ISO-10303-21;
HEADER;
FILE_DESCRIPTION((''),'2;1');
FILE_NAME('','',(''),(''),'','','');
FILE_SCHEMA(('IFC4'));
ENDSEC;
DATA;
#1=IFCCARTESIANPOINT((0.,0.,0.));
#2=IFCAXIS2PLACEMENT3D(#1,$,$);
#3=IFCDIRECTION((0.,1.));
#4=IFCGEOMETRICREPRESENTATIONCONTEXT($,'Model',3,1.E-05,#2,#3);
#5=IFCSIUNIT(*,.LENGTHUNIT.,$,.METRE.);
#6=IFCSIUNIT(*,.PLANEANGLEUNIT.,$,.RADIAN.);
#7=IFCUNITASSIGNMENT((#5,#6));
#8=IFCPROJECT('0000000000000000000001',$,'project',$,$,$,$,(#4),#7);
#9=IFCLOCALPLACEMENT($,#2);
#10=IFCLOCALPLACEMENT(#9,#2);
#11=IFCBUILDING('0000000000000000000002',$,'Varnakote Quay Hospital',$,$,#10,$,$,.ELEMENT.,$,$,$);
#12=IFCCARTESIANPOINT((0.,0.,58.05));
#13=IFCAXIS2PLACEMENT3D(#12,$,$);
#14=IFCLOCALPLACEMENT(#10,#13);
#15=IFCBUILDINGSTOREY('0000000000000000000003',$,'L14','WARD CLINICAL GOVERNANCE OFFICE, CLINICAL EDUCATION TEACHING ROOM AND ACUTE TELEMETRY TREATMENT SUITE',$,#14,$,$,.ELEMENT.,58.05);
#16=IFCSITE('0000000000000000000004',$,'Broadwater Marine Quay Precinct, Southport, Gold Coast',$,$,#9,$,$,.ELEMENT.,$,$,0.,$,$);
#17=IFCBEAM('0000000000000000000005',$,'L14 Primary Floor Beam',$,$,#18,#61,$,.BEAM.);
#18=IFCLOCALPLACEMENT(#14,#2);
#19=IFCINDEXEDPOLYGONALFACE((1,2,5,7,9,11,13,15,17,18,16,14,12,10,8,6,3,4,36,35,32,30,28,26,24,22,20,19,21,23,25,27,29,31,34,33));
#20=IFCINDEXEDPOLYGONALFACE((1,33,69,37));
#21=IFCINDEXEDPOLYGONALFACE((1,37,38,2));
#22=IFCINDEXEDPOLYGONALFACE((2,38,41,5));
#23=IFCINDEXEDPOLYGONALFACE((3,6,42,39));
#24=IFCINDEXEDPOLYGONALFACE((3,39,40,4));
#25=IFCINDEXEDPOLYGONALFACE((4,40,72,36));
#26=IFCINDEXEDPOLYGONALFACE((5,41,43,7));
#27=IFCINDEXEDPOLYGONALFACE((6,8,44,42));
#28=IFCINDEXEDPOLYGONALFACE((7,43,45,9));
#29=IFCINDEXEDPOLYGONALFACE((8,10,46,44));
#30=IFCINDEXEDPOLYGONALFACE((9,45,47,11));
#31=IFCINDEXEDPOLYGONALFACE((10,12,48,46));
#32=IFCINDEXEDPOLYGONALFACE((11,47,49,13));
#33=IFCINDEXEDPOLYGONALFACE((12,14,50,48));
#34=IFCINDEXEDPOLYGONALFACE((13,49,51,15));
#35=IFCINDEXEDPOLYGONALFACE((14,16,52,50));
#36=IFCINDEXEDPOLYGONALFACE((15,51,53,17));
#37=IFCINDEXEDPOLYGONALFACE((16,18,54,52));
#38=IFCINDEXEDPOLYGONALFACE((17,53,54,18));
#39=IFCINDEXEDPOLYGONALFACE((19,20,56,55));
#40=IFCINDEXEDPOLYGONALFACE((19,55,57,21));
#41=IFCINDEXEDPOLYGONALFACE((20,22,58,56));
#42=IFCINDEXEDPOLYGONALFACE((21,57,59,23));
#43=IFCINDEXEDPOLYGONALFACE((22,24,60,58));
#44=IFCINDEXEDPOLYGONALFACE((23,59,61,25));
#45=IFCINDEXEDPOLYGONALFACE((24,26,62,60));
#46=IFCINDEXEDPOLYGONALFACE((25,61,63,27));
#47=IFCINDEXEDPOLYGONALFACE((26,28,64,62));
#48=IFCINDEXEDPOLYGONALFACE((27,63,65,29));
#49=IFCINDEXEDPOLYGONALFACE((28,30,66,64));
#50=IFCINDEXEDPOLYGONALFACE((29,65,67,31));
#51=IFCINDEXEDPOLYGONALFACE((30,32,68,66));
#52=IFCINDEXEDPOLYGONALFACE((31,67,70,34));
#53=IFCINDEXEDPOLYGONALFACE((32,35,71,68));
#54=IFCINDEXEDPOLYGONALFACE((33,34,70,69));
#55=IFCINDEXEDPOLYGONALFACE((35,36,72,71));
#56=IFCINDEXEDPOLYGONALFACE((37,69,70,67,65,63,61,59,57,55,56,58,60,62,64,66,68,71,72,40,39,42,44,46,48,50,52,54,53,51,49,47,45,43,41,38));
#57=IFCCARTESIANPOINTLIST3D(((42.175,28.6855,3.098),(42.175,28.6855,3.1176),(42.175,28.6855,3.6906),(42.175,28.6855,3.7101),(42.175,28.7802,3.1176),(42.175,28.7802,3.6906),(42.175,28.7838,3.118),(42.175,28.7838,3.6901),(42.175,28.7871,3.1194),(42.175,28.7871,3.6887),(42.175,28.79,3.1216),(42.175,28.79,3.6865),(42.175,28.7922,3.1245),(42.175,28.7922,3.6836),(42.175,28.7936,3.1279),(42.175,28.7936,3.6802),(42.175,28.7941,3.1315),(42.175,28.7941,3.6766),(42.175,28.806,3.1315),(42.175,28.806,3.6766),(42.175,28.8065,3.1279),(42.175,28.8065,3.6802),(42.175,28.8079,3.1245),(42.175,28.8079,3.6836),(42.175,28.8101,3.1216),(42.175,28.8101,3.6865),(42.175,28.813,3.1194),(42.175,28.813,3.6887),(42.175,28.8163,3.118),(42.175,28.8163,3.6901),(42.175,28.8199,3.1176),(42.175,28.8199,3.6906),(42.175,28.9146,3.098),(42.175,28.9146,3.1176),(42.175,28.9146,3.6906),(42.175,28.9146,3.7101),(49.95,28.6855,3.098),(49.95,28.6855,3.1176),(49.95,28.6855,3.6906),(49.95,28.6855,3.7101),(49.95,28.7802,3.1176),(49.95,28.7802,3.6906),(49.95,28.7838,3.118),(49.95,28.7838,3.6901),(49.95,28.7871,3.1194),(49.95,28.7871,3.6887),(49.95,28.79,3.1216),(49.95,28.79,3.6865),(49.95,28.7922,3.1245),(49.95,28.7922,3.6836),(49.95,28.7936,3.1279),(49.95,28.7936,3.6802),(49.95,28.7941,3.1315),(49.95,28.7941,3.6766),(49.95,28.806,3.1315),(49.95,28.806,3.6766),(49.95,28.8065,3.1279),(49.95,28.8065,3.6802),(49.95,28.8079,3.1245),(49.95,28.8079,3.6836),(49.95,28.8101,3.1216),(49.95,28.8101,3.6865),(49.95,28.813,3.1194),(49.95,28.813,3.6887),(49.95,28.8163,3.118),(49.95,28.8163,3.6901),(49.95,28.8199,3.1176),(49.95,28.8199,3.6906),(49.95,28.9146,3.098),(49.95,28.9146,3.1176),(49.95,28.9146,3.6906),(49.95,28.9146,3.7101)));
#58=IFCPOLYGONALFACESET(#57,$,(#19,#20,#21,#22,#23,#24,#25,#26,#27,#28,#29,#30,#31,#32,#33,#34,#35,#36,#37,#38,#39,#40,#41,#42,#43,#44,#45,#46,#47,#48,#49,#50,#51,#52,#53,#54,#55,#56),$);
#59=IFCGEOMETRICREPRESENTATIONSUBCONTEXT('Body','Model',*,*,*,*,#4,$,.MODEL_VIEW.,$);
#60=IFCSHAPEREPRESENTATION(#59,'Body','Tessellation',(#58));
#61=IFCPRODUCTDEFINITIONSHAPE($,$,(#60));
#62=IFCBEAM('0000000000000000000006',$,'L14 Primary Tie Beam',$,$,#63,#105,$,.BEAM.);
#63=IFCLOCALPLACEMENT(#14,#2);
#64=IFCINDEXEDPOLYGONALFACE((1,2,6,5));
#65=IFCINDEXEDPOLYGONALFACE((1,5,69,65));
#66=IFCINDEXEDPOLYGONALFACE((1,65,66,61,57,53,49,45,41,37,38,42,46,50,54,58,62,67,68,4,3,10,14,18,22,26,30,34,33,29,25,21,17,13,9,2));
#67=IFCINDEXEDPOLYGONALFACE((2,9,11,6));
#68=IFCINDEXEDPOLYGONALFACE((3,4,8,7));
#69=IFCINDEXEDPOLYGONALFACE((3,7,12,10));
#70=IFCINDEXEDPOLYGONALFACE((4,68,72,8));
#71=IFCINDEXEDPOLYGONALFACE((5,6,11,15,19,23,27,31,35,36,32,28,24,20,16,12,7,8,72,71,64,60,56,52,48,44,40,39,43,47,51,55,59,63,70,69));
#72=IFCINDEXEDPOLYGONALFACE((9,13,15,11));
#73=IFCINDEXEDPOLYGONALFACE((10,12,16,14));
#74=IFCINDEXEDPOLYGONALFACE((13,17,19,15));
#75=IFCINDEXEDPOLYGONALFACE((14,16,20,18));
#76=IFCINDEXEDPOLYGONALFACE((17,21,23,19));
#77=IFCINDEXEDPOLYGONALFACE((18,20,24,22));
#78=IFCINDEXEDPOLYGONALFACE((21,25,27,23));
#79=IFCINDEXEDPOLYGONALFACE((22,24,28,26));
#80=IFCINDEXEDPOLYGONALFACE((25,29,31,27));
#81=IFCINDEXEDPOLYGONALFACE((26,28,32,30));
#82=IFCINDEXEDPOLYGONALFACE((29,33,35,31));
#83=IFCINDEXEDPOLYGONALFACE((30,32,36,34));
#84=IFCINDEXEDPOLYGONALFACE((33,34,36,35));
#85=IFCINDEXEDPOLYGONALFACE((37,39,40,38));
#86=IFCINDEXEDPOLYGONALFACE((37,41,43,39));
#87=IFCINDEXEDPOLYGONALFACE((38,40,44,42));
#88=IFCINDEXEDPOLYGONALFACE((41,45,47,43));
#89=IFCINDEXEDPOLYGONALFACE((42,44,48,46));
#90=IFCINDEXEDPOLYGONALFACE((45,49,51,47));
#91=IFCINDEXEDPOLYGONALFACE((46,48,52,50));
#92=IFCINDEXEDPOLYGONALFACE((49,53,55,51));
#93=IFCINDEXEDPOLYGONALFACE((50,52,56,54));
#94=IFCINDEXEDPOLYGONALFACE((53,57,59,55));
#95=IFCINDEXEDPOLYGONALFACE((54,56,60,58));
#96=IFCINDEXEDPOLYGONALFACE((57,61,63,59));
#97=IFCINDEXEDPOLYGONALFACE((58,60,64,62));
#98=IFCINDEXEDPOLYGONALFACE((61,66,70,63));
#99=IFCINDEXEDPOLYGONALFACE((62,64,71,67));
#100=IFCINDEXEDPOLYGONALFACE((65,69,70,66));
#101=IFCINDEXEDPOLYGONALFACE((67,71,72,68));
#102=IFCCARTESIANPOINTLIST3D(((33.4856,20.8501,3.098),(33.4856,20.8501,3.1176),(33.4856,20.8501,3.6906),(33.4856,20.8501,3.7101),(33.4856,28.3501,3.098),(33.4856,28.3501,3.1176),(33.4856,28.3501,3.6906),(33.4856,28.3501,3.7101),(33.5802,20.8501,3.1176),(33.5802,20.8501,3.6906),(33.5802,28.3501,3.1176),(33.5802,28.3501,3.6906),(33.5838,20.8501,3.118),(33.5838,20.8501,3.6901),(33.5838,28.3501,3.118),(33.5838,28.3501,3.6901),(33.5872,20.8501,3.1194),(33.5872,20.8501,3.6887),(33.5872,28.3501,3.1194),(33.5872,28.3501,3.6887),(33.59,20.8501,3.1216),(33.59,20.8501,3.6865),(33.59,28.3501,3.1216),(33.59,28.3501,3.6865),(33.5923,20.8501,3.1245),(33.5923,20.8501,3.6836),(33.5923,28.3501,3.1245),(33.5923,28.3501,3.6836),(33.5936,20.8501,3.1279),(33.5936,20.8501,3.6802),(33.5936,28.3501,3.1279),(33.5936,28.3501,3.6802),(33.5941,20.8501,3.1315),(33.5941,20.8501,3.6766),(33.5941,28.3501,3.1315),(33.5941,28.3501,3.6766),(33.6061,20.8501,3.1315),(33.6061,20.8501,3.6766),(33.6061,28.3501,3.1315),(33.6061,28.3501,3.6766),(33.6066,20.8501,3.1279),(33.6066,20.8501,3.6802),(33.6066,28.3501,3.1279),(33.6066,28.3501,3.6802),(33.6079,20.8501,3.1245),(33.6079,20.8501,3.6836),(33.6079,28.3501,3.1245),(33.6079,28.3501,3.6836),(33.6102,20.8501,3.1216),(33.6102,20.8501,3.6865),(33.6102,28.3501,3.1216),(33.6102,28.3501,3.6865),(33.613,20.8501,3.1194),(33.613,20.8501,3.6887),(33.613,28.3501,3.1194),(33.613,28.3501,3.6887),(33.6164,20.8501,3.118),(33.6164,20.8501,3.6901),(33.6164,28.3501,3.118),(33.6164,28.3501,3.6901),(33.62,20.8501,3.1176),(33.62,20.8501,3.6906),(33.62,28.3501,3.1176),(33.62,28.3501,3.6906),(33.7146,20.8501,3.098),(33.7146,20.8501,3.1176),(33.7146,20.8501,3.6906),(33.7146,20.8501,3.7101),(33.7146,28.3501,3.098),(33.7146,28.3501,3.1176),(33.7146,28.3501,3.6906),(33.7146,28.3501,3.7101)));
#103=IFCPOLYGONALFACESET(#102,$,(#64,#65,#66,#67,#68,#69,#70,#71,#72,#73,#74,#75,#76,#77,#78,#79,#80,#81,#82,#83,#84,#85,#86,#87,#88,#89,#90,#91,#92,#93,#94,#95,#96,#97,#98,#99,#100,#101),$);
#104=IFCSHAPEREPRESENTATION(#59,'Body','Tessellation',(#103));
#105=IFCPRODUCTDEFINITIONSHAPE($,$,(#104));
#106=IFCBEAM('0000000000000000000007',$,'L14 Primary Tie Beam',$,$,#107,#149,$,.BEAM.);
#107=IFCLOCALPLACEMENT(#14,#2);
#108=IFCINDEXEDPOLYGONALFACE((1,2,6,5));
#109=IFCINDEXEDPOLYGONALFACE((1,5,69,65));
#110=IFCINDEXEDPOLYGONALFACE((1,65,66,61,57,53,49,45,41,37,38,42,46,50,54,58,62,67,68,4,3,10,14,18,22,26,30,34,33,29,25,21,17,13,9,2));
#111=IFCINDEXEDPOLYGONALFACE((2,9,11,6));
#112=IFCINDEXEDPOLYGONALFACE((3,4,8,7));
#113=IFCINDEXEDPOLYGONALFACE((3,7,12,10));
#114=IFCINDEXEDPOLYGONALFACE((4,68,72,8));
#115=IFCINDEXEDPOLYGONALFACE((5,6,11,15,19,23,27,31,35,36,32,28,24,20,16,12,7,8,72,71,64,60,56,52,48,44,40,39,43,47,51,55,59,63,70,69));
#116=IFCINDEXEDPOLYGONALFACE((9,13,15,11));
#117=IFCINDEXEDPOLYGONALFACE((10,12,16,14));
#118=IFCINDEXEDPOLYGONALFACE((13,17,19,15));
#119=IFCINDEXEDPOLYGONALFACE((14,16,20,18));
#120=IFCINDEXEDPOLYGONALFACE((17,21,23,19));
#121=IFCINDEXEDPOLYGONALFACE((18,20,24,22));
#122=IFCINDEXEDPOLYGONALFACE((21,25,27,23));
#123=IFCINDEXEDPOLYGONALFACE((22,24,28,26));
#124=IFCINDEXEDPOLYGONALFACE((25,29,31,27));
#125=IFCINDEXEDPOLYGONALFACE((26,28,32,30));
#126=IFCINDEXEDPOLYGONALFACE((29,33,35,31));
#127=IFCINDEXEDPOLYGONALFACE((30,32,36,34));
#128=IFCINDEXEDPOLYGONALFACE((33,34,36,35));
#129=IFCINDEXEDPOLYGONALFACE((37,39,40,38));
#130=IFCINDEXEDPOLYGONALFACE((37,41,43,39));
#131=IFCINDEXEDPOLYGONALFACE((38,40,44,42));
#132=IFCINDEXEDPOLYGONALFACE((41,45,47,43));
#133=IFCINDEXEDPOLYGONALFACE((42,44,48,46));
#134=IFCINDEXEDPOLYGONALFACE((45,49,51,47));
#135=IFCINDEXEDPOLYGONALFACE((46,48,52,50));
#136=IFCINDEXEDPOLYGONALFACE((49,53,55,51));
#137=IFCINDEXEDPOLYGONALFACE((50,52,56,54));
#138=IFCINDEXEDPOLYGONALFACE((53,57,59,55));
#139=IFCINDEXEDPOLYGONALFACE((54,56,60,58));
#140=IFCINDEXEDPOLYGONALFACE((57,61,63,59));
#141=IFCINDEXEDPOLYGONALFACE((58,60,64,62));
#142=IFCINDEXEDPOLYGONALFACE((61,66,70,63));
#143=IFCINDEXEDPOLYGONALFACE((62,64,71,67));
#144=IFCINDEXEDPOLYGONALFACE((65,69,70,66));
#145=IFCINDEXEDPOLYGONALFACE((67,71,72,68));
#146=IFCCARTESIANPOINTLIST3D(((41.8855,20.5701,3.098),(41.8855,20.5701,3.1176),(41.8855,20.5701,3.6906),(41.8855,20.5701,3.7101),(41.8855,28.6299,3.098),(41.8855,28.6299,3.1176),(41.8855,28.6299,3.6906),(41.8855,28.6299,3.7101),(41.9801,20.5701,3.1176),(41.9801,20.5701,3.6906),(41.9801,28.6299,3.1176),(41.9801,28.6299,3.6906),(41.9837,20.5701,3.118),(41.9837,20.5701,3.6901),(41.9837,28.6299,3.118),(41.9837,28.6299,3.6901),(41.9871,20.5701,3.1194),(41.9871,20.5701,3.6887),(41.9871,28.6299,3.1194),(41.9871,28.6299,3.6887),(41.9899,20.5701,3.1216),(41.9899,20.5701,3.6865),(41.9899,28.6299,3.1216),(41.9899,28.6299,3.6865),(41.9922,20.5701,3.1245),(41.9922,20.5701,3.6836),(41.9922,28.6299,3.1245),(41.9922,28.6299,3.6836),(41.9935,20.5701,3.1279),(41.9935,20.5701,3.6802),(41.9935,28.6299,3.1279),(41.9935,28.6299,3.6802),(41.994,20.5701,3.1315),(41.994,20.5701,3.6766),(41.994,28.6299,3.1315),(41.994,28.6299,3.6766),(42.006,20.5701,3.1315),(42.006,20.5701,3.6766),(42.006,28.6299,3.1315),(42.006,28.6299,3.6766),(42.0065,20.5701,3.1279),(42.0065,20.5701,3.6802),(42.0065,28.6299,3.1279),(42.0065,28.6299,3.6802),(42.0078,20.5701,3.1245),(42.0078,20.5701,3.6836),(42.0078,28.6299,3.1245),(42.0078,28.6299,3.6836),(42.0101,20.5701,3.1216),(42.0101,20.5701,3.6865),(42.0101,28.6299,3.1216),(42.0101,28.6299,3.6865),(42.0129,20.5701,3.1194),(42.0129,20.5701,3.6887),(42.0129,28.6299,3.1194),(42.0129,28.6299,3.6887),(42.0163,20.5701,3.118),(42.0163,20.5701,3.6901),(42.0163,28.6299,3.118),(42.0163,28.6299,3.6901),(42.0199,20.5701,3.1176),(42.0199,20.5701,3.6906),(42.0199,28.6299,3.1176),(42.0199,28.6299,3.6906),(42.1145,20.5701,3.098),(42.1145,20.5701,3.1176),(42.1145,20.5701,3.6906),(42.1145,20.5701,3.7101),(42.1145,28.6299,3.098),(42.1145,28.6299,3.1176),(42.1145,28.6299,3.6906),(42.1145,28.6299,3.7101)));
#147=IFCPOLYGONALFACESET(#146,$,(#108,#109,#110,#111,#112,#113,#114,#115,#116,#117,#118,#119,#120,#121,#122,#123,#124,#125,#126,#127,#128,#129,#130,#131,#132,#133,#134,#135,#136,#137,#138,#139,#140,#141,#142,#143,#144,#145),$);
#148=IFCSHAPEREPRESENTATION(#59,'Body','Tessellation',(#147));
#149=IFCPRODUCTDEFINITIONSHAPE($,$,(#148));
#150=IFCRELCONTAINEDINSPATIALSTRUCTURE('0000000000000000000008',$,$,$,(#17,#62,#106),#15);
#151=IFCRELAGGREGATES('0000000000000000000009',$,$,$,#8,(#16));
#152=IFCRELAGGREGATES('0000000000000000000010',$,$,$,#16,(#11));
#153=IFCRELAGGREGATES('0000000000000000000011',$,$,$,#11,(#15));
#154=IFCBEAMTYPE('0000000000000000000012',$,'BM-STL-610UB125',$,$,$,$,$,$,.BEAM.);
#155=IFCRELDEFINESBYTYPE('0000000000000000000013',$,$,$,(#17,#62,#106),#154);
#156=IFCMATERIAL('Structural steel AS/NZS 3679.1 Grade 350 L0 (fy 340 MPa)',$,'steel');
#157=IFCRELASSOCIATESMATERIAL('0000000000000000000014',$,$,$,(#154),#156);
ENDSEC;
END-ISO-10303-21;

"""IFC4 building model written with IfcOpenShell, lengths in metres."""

from ifc_helpers import new_model, si_unit, direction, frame, origin, origin_2d, place, context, subcontext, project, spatial, i_section, extrude, material, material_profile, profile_set, type_object, element, save


model = new_model("IFC4")

# Units and contexts
model_context = context("Model", 3, precision=1e-05, world=origin(), true_north=direction((0.0, 1.0)))
body_context = subcontext(model_context, "Body", "Model", "MODEL_VIEW")
ifc_project = project(units=[si_unit("LENGTHUNIT", "METRE"), si_unit("PLANEANGLEUNIT", "RADIAN")], contexts=[model_context])

# Site, building, storey
site_placement = place(None, origin())
site = spatial("IfcSite", under=ifc_project, at=site_placement, Name="Broadwater Marine Quay Precinct, Southport, Gold Coast", CompositionType="ELEMENT", RefElevation=0.0)
building_placement = place(site_placement, origin())
building = spatial("IfcBuilding", under=site, at=building_placement, Name="Varnakote Quay Hospital", CompositionType="ELEMENT")
storey_placement = place(building_placement, frame((0.0, 0.0, 58.05)))
storey = spatial("IfcBuildingStorey", under=building, at=storey_placement, Name="L14", Description="WARD CLINICAL GOVERNANCE OFFICE, CLINICAL EDUCATION TEACHING ROOM AND ACUTE TELEMETRY TREATMENT SUITE", CompositionType="ELEMENT", Elevation=58.05)

# Beams
ifc_material_1 = material(Name="Structural steel AS/NZS 3679.1 Grade 350 L0 (fy 340 MPa)", Category="steel")
ifc_material_profile_1 = material_profile(ifc_material_1, i_section(OverallWidth=0.229, OverallDepth=0.6121, WebThickness=0.012, FlangeThickness=0.0195, FilletRadius=0.0139, at=origin_2d()), Name="610UB125")
ifc_profile_set_1 = profile_set([ifc_material_profile_1], Name="Structural steel AS/NZS 3679.1 Grade 350 L0 (fy 340 MPa)")
beam_type_1 = type_object("IfcBeamType", Name="BM-STL-610UB125", PredefinedType="BEAM", material=ifc_profile_set_1)
for number, where, z_axis, x_axis, name in (
    (1, (42.175, 28.8, 3.4041), (1.0, 0.0, 0.0), (0.0, 1.0, 0.0), "L14 Primary Floor Beam"),
):
    element("IfcBeam", number, at=place(storey_placement, frame(where, z_axis=z_axis, x_axis=x_axis)), inside=storey, type_object=beam_type_1, Name=name, PredefinedType="BEAM", context=body_context, shape_type="SweptSolid", body=[
        extrude(i_section(OverallWidth=0.229, OverallDepth=0.6121, WebThickness=0.012, FlangeThickness=0.0195, FilletRadius=0.0139, at=origin_2d()), origin(), (0.0, 0.0, 1.0), 7.7749),
    ])
beam_1_placement = place(storey_placement, frame((33.6001, 20.8501, 3.4041), z_axis=(0.0, 1.0, 0.0), x_axis=(-1.0, 0.0, 0.0)))
element("IfcBeam", 2, at=beam_1_placement, inside=storey, type_object=beam_type_1, Name="L14 Primary Tie Beam", PredefinedType="BEAM", context=body_context, shape_type="SweptSolid", body=[
    extrude(i_section(OverallWidth=0.229, OverallDepth=0.6121, WebThickness=0.012, FlangeThickness=0.0195, FilletRadius=0.0139, at=origin_2d()), origin(), (0.0, 0.0, 1.0), 7.5),
])
beam_2_placement = place(storey_placement, frame((42.0, 20.5701, 3.4041), z_axis=(0.0, 1.0, 0.0), x_axis=(-1.0, 0.0, 0.0)))
element("IfcBeam", 3, at=beam_2_placement, inside=storey, type_object=beam_type_1, Name="L14 Primary Tie Beam", PredefinedType="BEAM", context=body_context, shape_type="SweptSolid", body=[
    extrude(i_section(OverallWidth=0.229, OverallDepth=0.6121, WebThickness=0.012, FlangeThickness=0.0195, FilletRadius=0.0139, at=origin_2d()), origin(), (0.0, 0.0, 1.0), 8.0598),
])

save(model, "model.ifc")
